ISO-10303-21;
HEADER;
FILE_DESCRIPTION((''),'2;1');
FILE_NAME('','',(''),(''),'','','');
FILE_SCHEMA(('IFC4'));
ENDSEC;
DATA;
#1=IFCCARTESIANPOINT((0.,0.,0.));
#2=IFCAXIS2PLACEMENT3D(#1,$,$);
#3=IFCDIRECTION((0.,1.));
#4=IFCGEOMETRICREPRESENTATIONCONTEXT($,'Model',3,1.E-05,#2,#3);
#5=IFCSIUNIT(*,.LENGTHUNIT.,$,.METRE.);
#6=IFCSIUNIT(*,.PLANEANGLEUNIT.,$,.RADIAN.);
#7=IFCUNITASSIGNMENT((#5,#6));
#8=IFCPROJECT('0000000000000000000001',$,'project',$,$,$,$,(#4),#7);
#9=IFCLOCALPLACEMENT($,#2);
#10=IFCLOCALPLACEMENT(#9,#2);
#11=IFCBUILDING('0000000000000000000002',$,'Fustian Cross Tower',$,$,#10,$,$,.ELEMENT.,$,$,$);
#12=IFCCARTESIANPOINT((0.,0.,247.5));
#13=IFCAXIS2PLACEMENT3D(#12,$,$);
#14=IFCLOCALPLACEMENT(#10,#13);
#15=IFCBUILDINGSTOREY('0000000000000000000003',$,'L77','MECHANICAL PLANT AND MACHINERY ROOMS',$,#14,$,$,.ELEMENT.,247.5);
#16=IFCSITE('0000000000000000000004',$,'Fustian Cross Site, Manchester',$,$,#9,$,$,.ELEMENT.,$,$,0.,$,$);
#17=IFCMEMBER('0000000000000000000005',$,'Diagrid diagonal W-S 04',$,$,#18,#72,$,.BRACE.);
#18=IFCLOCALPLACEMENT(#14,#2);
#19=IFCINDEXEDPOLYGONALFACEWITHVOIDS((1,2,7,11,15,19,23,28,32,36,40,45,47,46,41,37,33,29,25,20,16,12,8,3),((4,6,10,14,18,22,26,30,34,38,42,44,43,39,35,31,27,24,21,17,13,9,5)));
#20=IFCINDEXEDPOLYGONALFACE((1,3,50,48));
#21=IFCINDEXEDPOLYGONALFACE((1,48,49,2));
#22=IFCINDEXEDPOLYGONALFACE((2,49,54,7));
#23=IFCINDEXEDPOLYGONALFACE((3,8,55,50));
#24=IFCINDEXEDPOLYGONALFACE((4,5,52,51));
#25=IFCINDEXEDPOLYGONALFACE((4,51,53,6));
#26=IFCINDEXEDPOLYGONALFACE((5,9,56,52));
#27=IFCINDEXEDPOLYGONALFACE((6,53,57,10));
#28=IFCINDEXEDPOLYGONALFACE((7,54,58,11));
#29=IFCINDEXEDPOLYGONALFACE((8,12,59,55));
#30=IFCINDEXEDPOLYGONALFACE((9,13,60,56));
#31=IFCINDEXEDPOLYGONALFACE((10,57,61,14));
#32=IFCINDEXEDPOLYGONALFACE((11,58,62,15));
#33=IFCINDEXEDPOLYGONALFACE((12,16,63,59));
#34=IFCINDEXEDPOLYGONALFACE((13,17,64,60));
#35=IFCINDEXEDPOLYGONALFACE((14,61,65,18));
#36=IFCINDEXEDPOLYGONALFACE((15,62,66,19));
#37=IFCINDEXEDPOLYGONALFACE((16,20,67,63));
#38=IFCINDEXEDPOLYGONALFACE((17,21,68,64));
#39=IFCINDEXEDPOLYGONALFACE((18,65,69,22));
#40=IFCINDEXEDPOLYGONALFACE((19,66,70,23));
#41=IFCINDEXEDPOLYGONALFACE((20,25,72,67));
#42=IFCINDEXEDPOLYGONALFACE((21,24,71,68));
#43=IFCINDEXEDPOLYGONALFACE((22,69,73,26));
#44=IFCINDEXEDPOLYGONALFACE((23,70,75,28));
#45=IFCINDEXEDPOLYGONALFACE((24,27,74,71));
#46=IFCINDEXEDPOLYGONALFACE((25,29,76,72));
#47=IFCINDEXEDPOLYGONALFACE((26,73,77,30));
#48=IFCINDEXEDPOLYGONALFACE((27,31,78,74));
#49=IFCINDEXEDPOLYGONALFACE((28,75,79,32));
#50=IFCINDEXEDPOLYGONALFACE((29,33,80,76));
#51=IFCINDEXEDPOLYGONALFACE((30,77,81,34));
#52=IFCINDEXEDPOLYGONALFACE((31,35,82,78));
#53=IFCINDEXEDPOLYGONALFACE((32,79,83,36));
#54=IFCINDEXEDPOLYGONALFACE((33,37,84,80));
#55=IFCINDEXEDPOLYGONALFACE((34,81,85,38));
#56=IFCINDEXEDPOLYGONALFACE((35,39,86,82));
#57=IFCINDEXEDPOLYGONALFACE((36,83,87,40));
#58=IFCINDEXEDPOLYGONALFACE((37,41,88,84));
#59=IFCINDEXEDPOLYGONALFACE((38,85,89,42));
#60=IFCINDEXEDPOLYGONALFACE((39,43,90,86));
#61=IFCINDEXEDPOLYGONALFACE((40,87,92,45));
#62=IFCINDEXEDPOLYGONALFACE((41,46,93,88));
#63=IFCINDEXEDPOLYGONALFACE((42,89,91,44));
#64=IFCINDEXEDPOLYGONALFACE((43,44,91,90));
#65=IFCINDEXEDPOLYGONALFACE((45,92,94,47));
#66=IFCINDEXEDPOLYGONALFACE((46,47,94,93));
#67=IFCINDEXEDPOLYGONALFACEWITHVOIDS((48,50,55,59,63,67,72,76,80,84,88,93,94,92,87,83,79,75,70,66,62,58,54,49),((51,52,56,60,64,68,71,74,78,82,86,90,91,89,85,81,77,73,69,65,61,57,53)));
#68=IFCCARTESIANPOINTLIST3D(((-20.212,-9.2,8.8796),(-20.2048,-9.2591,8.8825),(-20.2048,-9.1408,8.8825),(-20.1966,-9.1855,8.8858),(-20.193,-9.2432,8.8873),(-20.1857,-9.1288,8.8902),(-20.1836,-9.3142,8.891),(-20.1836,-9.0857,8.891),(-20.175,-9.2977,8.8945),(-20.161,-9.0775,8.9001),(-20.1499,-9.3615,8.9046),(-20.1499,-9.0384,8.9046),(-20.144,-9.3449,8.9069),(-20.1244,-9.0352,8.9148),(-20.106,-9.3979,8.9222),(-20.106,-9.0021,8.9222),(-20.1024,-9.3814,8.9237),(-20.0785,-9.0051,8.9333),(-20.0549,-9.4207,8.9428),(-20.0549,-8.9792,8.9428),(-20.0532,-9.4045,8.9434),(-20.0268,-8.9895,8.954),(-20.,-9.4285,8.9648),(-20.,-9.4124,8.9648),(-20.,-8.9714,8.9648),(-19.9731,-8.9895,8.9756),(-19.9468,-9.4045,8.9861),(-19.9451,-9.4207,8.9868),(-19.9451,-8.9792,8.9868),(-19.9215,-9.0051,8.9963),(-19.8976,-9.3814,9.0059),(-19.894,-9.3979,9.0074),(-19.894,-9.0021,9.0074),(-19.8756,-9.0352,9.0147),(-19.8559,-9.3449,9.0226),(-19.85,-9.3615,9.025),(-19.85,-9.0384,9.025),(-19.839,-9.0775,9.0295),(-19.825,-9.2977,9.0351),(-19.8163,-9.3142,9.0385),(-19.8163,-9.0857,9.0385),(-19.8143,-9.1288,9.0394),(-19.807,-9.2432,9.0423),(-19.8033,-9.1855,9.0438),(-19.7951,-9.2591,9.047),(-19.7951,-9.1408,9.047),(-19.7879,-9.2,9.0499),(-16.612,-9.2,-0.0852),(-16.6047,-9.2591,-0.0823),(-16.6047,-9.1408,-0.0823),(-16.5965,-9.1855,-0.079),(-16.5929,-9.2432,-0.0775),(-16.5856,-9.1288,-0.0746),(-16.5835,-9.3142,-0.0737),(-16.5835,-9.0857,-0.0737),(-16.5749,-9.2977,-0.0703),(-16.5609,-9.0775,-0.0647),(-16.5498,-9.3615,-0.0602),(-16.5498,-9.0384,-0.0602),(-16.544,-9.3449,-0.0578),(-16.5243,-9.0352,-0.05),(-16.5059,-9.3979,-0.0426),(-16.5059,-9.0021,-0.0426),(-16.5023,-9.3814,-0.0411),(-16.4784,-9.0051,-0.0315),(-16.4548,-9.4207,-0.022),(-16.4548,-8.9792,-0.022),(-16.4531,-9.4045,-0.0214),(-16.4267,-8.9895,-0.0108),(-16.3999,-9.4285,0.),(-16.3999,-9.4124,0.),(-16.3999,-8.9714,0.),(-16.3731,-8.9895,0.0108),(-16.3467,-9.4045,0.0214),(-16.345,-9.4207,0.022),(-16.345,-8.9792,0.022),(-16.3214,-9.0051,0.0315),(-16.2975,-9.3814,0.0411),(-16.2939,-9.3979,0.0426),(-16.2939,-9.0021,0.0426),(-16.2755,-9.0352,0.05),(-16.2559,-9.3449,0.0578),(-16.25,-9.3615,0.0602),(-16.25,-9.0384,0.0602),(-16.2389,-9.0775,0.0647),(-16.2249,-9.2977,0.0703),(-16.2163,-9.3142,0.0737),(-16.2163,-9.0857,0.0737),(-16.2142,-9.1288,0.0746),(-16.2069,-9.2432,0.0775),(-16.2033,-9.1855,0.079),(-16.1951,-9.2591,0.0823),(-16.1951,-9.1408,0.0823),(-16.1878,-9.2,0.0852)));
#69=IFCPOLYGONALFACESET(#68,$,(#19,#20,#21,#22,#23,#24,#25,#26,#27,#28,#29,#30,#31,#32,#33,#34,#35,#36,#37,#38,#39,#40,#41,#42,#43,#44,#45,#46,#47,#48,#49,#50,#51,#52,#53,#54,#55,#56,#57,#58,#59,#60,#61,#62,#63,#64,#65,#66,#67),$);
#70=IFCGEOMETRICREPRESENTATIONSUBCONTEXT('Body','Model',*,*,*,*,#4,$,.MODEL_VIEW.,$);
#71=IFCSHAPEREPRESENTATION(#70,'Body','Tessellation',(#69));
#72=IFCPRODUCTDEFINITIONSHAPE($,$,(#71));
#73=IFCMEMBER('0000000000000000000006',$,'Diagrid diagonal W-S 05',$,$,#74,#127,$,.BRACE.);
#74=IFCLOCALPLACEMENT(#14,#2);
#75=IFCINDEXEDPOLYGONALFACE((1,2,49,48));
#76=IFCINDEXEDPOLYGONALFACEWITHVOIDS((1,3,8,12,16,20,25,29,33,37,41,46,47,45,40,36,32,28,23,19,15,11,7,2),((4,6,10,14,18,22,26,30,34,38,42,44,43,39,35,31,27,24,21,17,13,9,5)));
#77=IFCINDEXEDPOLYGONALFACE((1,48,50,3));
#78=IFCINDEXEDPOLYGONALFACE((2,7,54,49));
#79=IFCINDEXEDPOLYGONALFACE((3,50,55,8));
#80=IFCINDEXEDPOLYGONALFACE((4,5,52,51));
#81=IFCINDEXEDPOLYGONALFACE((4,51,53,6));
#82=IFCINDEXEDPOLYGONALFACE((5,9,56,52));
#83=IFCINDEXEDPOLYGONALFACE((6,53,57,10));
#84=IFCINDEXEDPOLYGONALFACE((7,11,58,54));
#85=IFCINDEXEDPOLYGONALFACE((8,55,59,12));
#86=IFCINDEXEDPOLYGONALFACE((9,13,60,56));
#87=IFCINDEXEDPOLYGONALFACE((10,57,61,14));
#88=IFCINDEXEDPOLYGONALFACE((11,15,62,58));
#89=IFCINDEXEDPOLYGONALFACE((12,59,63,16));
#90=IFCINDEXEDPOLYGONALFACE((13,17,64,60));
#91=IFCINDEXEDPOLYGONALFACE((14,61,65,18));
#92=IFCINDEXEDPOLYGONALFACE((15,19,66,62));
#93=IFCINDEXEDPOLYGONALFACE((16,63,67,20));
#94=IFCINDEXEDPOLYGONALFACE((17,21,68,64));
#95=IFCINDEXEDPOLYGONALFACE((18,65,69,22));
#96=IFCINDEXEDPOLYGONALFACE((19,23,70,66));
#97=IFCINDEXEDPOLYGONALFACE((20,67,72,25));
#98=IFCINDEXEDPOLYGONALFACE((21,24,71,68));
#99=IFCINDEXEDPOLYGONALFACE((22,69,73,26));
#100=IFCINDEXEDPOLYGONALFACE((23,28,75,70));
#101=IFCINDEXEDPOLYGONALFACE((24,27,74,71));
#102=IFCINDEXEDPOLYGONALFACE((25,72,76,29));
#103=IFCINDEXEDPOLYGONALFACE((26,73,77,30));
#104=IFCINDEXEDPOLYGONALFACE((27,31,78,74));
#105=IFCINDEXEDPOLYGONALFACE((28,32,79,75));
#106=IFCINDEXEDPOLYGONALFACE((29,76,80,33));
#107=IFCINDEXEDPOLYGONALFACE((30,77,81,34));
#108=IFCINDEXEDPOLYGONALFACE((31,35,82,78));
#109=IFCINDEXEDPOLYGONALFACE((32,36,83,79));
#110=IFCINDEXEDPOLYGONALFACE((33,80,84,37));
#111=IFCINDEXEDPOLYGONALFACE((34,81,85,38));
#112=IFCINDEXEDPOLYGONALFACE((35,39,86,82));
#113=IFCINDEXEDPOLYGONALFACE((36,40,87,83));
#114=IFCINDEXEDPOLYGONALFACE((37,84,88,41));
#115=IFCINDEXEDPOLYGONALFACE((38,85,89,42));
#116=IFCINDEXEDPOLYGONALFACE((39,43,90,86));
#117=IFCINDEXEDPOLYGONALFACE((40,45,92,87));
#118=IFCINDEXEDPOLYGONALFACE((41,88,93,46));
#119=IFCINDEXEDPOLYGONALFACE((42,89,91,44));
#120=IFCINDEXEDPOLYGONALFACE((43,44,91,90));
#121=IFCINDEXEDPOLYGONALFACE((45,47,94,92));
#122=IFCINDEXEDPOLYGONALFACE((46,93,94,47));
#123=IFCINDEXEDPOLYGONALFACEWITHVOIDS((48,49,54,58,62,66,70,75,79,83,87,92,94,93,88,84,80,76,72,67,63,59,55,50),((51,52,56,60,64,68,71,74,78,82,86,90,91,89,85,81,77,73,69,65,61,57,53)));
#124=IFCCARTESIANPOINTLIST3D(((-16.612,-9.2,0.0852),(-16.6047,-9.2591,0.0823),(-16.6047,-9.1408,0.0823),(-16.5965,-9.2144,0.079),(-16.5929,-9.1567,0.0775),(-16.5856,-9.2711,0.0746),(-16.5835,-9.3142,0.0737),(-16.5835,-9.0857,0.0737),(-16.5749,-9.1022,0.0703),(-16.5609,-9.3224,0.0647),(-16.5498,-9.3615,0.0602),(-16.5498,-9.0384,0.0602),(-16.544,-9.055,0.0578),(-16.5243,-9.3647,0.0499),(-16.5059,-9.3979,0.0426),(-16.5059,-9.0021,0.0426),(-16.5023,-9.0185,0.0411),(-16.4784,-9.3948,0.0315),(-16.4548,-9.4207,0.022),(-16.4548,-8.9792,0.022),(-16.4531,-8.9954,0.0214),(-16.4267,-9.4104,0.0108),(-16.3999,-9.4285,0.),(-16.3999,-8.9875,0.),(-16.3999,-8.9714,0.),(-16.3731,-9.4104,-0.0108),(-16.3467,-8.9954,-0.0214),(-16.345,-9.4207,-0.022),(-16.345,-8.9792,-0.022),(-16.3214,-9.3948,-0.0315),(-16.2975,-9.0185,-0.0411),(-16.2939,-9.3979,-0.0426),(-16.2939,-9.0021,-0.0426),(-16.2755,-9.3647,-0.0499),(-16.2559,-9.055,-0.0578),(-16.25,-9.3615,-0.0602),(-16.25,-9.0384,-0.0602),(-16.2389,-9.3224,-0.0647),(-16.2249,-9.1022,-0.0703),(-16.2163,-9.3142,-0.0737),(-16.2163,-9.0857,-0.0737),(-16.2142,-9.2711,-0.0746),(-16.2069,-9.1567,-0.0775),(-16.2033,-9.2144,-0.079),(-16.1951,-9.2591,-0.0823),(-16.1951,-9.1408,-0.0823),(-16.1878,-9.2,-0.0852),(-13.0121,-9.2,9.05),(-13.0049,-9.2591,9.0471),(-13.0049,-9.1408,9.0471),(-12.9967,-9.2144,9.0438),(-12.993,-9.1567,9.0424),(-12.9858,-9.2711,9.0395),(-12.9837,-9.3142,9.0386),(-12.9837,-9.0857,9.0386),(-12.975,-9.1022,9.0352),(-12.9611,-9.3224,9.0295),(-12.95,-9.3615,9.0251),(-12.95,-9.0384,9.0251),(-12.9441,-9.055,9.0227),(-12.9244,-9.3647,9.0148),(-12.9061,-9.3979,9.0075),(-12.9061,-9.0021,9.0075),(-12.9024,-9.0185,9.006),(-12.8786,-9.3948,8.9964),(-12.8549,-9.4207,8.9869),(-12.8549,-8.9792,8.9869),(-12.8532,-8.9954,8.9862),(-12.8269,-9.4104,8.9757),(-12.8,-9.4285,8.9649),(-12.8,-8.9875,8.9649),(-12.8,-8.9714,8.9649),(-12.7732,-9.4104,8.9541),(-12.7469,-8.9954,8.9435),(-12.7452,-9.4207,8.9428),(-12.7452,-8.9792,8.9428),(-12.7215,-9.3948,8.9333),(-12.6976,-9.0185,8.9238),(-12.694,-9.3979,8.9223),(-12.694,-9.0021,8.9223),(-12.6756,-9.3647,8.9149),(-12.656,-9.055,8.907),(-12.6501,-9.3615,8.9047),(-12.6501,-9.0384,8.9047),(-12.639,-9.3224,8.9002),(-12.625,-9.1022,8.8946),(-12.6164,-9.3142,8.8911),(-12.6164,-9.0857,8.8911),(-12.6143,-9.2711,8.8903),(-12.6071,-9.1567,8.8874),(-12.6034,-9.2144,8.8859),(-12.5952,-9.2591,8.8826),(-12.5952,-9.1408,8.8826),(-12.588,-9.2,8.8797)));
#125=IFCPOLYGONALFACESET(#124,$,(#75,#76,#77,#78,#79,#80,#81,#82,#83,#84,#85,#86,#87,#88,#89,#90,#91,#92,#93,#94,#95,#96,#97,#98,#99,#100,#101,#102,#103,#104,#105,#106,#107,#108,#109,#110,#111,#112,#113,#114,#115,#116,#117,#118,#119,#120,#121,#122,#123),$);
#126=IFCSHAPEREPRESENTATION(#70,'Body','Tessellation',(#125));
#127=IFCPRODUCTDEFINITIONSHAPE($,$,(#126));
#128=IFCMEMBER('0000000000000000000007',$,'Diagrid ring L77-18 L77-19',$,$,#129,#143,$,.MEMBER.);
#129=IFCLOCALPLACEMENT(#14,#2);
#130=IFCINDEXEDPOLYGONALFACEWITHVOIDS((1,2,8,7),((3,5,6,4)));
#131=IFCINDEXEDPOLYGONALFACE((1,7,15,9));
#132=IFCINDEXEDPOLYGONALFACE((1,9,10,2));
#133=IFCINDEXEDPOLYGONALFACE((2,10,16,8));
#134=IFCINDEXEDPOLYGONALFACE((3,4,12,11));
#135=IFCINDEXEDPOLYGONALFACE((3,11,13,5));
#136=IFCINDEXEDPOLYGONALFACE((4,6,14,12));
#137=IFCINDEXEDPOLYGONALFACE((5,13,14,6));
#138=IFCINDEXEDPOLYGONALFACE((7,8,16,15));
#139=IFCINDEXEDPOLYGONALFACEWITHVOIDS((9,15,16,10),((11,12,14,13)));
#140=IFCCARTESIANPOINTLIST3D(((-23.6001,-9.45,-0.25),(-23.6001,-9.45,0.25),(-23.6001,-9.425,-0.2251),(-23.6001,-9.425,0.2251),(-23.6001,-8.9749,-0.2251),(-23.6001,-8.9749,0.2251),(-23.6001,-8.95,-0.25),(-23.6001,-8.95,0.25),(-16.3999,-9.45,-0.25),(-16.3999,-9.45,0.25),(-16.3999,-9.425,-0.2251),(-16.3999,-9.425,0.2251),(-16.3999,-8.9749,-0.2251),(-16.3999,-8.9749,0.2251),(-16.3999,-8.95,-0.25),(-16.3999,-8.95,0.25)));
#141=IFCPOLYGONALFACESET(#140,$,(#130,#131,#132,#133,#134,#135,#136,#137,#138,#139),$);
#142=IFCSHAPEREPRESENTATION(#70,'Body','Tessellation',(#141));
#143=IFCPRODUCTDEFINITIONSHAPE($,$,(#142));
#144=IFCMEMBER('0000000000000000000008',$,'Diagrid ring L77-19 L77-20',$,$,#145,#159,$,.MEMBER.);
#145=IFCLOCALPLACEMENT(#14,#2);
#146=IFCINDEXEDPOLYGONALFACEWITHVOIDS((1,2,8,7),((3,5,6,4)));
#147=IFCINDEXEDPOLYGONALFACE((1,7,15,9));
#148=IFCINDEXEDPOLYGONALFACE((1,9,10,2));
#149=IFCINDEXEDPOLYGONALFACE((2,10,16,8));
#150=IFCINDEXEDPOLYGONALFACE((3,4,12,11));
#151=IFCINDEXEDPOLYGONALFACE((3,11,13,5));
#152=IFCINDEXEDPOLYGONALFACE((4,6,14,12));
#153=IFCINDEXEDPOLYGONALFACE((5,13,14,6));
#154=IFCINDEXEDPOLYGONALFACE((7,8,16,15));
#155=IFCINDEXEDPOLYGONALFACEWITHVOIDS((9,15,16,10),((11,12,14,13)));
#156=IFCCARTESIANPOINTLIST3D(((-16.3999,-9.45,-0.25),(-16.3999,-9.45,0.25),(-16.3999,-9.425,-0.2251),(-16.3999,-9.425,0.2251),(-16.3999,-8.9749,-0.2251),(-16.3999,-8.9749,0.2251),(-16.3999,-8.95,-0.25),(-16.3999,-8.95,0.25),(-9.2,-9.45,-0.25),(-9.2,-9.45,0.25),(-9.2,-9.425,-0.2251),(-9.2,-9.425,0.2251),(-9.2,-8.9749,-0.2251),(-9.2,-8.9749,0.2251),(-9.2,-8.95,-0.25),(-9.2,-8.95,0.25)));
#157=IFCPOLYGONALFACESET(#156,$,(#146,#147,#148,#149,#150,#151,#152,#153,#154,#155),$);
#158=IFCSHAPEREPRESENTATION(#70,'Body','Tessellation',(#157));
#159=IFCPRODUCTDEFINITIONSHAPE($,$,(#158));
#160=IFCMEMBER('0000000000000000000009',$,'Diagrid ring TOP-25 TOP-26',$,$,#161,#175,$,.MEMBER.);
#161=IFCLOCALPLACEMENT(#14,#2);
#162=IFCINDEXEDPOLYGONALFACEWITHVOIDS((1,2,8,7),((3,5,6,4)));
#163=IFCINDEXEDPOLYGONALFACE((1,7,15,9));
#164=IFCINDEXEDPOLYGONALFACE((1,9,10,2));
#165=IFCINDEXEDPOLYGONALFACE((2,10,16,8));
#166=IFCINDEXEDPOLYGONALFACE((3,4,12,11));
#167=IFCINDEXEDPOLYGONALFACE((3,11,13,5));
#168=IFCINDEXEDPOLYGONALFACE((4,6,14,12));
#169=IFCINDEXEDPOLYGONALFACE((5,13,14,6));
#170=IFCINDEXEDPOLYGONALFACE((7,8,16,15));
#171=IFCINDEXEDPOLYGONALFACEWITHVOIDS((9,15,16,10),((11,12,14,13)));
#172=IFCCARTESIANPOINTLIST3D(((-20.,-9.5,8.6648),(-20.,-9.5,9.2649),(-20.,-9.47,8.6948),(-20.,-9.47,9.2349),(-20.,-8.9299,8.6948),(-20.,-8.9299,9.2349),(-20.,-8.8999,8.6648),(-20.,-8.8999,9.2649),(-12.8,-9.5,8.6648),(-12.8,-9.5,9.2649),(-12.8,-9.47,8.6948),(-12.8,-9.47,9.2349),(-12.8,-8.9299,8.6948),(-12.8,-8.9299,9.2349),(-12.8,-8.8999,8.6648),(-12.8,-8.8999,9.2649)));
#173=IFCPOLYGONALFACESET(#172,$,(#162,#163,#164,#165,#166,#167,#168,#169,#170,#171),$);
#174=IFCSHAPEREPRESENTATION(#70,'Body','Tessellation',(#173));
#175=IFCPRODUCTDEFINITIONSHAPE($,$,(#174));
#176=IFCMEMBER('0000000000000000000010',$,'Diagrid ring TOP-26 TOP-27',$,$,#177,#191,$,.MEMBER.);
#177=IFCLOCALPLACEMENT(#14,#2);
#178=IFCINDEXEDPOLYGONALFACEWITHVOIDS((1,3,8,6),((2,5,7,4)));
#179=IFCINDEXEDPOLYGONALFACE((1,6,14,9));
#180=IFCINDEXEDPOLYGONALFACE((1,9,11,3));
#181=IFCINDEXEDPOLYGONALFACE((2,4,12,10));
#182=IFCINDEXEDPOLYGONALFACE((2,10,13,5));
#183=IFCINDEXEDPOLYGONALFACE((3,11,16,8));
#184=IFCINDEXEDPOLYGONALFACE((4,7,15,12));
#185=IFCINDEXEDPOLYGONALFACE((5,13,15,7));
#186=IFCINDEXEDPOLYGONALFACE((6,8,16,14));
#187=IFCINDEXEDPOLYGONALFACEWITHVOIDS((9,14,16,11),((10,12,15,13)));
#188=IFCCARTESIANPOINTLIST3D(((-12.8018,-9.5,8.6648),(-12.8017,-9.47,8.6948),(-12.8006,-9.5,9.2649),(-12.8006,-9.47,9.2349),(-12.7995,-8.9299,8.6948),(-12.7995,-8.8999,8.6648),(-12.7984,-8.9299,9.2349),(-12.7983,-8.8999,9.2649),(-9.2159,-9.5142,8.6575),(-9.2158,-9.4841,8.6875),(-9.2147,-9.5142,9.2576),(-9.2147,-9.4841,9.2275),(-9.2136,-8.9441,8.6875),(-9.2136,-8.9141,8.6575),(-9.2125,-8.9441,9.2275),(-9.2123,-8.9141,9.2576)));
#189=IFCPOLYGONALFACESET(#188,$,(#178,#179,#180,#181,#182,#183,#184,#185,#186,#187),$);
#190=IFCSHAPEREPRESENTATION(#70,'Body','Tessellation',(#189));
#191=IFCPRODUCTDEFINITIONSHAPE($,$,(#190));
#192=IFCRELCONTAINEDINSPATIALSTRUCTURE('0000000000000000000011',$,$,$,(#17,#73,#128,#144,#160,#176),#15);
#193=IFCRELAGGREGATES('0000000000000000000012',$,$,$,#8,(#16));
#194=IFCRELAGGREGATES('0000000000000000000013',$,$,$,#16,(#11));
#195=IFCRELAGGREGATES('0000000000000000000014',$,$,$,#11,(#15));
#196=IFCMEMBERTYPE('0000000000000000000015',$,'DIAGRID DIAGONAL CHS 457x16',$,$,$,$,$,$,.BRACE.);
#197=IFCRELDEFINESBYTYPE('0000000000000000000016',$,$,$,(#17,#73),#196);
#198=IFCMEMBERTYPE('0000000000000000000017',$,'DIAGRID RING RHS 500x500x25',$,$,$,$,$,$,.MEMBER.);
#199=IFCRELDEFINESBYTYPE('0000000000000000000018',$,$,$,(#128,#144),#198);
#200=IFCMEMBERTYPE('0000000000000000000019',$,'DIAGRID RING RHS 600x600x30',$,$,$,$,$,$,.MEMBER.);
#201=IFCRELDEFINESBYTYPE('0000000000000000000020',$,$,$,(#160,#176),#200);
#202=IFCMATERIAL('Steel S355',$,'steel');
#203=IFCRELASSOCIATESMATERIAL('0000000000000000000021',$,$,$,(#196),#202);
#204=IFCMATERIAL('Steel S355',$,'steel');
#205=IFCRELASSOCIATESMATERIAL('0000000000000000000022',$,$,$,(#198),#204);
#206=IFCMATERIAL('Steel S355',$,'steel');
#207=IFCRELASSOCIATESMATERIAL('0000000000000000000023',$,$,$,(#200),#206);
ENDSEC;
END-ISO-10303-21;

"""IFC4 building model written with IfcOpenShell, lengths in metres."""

from ifc_helpers import new_model, si_unit, direction, frame, origin, origin_2d, place, context, subcontext, project, spatial, hollow_rectangle, hollow_circle, extrude, material, material_profile, profile_set, type_object, element, save


model = new_model("IFC4")

# Units and contexts
model_context = context("Model", 3, precision=1e-05, world=origin(), true_north=direction((0.0, 1.0)))
body_context = subcontext(model_context, "Body", "Model", "MODEL_VIEW")
ifc_project = project(units=[si_unit("LENGTHUNIT", "METRE"), si_unit("PLANEANGLEUNIT", "RADIAN")], contexts=[model_context])

# Site, building, storey
site_placement = place(None, origin())
site = spatial("IfcSite", under=ifc_project, at=site_placement, Name="Fustian Cross Site, Manchester", CompositionType="ELEMENT", RefElevation=0.0)
building_placement = place(site_placement, origin())
building = spatial("IfcBuilding", under=site, at=building_placement, Name="Fustian Cross Tower", CompositionType="ELEMENT")
storey_placement = place(building_placement, frame((0.0, 0.0, 247.5)))
storey = spatial("IfcBuildingStorey", under=building, at=storey_placement, Name="L77", Description="MECHANICAL PLANT AND MACHINERY ROOMS", CompositionType="ELEMENT", Elevation=247.5)

# Members
ifc_material_1 = material(Name="Steel S355", Category="steel")
ifc_material_profile_1 = material_profile(ifc_material_1, hollow_circle(Radius=0.2285, WallThickness=0.0161, at=origin_2d()), Name="CHS 457x16")
ifc_profile_set_1 = profile_set([ifc_material_profile_1], Name="Steel S355")
member_type_1 = type_object("IfcMemberType", Name="DIAGRID DIAGONAL CHS 457x16", PredefinedType="BRACE", material=ifc_profile_set_1)
for number, where, z_axis, x_axis, name in (
    (1, (-16.3999, -9.2, 0.0), (-0.372654, 0.0, 0.92797), (0.0, -1.0, 0.0), "Diagrid diagonal W-S 04"),
    (2, (-16.3999, -9.2, 0.0), (0.372632, 0.0, 0.927979), (0.0, 1.0, 0.0), "Diagrid diagonal W-S 05"),
):
    element("IfcMember", number, at=place(storey_placement, frame(where, z_axis=z_axis, x_axis=x_axis)), inside=storey, type_object=member_type_1, Name=name, PredefinedType="BRACE", context=body_context, shape_type="SweptSolid", body=[
        extrude(hollow_circle(Radius=0.2285, WallThickness=0.0161, at=origin_2d()), origin(), (0.0, 0.0, 1.0), 9.6606),
    ])
ifc_material_2 = material(Name="Steel S355", Category="steel")
ifc_material_profile_2 = material_profile(ifc_material_2, hollow_rectangle(XDim=0.5, YDim=0.5, WallThickness=0.0249, at=origin_2d()), Name="RHS 500x500x25")
ifc_profile_set_2 = profile_set([ifc_material_profile_2], Name="Steel S355")
member_type_2 = type_object("IfcMemberType", Name="DIAGRID RING RHS 500x500x25", PredefinedType="MEMBER", material=ifc_profile_set_2)
member_1_placement = place(storey_placement, frame((-23.6001, -9.2, 0.0), z_axis=(1.0, 0.0, 0.0), x_axis=(0.0, 1.0, 0.0)))
element("IfcMember", 3, at=member_1_placement, inside=storey, type_object=member_type_2, Name="Diagrid ring L77-18 L77-19", PredefinedType="MEMBER", context=body_context, shape_type="SweptSolid", body=[
    extrude(hollow_rectangle(XDim=0.5, YDim=0.5, WallThickness=0.0249, at=origin_2d()), origin(), (0.0, 0.0, 1.0), 7.2002),
])
member_2_placement = place(storey_placement, frame((-16.3999, -9.2, 0.0), z_axis=(1.0, 0.0, 0.0), x_axis=(0.0, 1.0, 0.0)))
element("IfcMember", 4, at=member_2_placement, inside=storey, type_object=member_type_2, Name="Diagrid ring L77-19 L77-20", PredefinedType="MEMBER", context=body_context, shape_type="SweptSolid", body=[
    extrude(hollow_rectangle(XDim=0.5, YDim=0.5, WallThickness=0.0249, at=origin_2d()), origin(), (0.0, 0.0, 1.0), 7.2),
])
ifc_material_3 = material(Name="Steel S355", Category="steel")
ifc_material_profile_3 = material_profile(ifc_material_3, hollow_rectangle(XDim=0.6001, YDim=0.6001, WallThickness=0.03, at=origin_2d()), Name="RHS 600x600x30")
ifc_profile_set_3 = profile_set([ifc_material_profile_3], Name="Steel S355")
member_type_3 = type_object("IfcMemberType", Name="DIAGRID RING RHS 600x600x30", PredefinedType="MEMBER", material=ifc_profile_set_3)
member_3_placement = place(storey_placement, frame((-20.0, -9.2, 8.9648), z_axis=(1.0, 0.0, 0.0), x_axis=(0.0, 1.0, 0.0)))
element("IfcMember", 5, at=member_3_placement, inside=storey, type_object=member_type_3, Name="Diagrid ring TOP-25 TOP-26", PredefinedType="MEMBER", context=body_context, shape_type="SweptSolid", body=[
    extrude(hollow_rectangle(XDim=0.6001, YDim=0.6001, WallThickness=0.03, at=origin_2d()), origin(), (0.0, 0.0, 1.0), 7.2),
])
member_4_placement = place(storey_placement, frame((-12.8, -9.2, 8.9648), z_axis=(0.99999, -0.003949, -0.002042), x_axis=(0.003949, 0.999992, 0.0)))
element("IfcMember", 6, at=member_4_placement, inside=storey, type_object=member_type_3, Name="Diagrid ring TOP-26 TOP-27", PredefinedType="MEMBER", context=body_context, shape_type="SweptSolid", body=[
    extrude(hollow_rectangle(XDim=0.6001, YDim=0.6001, WallThickness=0.03, at=origin_2d()), origin(), (0.0, 0.0, 1.0), 3.5859),
])

save(model, "model.ifc")
